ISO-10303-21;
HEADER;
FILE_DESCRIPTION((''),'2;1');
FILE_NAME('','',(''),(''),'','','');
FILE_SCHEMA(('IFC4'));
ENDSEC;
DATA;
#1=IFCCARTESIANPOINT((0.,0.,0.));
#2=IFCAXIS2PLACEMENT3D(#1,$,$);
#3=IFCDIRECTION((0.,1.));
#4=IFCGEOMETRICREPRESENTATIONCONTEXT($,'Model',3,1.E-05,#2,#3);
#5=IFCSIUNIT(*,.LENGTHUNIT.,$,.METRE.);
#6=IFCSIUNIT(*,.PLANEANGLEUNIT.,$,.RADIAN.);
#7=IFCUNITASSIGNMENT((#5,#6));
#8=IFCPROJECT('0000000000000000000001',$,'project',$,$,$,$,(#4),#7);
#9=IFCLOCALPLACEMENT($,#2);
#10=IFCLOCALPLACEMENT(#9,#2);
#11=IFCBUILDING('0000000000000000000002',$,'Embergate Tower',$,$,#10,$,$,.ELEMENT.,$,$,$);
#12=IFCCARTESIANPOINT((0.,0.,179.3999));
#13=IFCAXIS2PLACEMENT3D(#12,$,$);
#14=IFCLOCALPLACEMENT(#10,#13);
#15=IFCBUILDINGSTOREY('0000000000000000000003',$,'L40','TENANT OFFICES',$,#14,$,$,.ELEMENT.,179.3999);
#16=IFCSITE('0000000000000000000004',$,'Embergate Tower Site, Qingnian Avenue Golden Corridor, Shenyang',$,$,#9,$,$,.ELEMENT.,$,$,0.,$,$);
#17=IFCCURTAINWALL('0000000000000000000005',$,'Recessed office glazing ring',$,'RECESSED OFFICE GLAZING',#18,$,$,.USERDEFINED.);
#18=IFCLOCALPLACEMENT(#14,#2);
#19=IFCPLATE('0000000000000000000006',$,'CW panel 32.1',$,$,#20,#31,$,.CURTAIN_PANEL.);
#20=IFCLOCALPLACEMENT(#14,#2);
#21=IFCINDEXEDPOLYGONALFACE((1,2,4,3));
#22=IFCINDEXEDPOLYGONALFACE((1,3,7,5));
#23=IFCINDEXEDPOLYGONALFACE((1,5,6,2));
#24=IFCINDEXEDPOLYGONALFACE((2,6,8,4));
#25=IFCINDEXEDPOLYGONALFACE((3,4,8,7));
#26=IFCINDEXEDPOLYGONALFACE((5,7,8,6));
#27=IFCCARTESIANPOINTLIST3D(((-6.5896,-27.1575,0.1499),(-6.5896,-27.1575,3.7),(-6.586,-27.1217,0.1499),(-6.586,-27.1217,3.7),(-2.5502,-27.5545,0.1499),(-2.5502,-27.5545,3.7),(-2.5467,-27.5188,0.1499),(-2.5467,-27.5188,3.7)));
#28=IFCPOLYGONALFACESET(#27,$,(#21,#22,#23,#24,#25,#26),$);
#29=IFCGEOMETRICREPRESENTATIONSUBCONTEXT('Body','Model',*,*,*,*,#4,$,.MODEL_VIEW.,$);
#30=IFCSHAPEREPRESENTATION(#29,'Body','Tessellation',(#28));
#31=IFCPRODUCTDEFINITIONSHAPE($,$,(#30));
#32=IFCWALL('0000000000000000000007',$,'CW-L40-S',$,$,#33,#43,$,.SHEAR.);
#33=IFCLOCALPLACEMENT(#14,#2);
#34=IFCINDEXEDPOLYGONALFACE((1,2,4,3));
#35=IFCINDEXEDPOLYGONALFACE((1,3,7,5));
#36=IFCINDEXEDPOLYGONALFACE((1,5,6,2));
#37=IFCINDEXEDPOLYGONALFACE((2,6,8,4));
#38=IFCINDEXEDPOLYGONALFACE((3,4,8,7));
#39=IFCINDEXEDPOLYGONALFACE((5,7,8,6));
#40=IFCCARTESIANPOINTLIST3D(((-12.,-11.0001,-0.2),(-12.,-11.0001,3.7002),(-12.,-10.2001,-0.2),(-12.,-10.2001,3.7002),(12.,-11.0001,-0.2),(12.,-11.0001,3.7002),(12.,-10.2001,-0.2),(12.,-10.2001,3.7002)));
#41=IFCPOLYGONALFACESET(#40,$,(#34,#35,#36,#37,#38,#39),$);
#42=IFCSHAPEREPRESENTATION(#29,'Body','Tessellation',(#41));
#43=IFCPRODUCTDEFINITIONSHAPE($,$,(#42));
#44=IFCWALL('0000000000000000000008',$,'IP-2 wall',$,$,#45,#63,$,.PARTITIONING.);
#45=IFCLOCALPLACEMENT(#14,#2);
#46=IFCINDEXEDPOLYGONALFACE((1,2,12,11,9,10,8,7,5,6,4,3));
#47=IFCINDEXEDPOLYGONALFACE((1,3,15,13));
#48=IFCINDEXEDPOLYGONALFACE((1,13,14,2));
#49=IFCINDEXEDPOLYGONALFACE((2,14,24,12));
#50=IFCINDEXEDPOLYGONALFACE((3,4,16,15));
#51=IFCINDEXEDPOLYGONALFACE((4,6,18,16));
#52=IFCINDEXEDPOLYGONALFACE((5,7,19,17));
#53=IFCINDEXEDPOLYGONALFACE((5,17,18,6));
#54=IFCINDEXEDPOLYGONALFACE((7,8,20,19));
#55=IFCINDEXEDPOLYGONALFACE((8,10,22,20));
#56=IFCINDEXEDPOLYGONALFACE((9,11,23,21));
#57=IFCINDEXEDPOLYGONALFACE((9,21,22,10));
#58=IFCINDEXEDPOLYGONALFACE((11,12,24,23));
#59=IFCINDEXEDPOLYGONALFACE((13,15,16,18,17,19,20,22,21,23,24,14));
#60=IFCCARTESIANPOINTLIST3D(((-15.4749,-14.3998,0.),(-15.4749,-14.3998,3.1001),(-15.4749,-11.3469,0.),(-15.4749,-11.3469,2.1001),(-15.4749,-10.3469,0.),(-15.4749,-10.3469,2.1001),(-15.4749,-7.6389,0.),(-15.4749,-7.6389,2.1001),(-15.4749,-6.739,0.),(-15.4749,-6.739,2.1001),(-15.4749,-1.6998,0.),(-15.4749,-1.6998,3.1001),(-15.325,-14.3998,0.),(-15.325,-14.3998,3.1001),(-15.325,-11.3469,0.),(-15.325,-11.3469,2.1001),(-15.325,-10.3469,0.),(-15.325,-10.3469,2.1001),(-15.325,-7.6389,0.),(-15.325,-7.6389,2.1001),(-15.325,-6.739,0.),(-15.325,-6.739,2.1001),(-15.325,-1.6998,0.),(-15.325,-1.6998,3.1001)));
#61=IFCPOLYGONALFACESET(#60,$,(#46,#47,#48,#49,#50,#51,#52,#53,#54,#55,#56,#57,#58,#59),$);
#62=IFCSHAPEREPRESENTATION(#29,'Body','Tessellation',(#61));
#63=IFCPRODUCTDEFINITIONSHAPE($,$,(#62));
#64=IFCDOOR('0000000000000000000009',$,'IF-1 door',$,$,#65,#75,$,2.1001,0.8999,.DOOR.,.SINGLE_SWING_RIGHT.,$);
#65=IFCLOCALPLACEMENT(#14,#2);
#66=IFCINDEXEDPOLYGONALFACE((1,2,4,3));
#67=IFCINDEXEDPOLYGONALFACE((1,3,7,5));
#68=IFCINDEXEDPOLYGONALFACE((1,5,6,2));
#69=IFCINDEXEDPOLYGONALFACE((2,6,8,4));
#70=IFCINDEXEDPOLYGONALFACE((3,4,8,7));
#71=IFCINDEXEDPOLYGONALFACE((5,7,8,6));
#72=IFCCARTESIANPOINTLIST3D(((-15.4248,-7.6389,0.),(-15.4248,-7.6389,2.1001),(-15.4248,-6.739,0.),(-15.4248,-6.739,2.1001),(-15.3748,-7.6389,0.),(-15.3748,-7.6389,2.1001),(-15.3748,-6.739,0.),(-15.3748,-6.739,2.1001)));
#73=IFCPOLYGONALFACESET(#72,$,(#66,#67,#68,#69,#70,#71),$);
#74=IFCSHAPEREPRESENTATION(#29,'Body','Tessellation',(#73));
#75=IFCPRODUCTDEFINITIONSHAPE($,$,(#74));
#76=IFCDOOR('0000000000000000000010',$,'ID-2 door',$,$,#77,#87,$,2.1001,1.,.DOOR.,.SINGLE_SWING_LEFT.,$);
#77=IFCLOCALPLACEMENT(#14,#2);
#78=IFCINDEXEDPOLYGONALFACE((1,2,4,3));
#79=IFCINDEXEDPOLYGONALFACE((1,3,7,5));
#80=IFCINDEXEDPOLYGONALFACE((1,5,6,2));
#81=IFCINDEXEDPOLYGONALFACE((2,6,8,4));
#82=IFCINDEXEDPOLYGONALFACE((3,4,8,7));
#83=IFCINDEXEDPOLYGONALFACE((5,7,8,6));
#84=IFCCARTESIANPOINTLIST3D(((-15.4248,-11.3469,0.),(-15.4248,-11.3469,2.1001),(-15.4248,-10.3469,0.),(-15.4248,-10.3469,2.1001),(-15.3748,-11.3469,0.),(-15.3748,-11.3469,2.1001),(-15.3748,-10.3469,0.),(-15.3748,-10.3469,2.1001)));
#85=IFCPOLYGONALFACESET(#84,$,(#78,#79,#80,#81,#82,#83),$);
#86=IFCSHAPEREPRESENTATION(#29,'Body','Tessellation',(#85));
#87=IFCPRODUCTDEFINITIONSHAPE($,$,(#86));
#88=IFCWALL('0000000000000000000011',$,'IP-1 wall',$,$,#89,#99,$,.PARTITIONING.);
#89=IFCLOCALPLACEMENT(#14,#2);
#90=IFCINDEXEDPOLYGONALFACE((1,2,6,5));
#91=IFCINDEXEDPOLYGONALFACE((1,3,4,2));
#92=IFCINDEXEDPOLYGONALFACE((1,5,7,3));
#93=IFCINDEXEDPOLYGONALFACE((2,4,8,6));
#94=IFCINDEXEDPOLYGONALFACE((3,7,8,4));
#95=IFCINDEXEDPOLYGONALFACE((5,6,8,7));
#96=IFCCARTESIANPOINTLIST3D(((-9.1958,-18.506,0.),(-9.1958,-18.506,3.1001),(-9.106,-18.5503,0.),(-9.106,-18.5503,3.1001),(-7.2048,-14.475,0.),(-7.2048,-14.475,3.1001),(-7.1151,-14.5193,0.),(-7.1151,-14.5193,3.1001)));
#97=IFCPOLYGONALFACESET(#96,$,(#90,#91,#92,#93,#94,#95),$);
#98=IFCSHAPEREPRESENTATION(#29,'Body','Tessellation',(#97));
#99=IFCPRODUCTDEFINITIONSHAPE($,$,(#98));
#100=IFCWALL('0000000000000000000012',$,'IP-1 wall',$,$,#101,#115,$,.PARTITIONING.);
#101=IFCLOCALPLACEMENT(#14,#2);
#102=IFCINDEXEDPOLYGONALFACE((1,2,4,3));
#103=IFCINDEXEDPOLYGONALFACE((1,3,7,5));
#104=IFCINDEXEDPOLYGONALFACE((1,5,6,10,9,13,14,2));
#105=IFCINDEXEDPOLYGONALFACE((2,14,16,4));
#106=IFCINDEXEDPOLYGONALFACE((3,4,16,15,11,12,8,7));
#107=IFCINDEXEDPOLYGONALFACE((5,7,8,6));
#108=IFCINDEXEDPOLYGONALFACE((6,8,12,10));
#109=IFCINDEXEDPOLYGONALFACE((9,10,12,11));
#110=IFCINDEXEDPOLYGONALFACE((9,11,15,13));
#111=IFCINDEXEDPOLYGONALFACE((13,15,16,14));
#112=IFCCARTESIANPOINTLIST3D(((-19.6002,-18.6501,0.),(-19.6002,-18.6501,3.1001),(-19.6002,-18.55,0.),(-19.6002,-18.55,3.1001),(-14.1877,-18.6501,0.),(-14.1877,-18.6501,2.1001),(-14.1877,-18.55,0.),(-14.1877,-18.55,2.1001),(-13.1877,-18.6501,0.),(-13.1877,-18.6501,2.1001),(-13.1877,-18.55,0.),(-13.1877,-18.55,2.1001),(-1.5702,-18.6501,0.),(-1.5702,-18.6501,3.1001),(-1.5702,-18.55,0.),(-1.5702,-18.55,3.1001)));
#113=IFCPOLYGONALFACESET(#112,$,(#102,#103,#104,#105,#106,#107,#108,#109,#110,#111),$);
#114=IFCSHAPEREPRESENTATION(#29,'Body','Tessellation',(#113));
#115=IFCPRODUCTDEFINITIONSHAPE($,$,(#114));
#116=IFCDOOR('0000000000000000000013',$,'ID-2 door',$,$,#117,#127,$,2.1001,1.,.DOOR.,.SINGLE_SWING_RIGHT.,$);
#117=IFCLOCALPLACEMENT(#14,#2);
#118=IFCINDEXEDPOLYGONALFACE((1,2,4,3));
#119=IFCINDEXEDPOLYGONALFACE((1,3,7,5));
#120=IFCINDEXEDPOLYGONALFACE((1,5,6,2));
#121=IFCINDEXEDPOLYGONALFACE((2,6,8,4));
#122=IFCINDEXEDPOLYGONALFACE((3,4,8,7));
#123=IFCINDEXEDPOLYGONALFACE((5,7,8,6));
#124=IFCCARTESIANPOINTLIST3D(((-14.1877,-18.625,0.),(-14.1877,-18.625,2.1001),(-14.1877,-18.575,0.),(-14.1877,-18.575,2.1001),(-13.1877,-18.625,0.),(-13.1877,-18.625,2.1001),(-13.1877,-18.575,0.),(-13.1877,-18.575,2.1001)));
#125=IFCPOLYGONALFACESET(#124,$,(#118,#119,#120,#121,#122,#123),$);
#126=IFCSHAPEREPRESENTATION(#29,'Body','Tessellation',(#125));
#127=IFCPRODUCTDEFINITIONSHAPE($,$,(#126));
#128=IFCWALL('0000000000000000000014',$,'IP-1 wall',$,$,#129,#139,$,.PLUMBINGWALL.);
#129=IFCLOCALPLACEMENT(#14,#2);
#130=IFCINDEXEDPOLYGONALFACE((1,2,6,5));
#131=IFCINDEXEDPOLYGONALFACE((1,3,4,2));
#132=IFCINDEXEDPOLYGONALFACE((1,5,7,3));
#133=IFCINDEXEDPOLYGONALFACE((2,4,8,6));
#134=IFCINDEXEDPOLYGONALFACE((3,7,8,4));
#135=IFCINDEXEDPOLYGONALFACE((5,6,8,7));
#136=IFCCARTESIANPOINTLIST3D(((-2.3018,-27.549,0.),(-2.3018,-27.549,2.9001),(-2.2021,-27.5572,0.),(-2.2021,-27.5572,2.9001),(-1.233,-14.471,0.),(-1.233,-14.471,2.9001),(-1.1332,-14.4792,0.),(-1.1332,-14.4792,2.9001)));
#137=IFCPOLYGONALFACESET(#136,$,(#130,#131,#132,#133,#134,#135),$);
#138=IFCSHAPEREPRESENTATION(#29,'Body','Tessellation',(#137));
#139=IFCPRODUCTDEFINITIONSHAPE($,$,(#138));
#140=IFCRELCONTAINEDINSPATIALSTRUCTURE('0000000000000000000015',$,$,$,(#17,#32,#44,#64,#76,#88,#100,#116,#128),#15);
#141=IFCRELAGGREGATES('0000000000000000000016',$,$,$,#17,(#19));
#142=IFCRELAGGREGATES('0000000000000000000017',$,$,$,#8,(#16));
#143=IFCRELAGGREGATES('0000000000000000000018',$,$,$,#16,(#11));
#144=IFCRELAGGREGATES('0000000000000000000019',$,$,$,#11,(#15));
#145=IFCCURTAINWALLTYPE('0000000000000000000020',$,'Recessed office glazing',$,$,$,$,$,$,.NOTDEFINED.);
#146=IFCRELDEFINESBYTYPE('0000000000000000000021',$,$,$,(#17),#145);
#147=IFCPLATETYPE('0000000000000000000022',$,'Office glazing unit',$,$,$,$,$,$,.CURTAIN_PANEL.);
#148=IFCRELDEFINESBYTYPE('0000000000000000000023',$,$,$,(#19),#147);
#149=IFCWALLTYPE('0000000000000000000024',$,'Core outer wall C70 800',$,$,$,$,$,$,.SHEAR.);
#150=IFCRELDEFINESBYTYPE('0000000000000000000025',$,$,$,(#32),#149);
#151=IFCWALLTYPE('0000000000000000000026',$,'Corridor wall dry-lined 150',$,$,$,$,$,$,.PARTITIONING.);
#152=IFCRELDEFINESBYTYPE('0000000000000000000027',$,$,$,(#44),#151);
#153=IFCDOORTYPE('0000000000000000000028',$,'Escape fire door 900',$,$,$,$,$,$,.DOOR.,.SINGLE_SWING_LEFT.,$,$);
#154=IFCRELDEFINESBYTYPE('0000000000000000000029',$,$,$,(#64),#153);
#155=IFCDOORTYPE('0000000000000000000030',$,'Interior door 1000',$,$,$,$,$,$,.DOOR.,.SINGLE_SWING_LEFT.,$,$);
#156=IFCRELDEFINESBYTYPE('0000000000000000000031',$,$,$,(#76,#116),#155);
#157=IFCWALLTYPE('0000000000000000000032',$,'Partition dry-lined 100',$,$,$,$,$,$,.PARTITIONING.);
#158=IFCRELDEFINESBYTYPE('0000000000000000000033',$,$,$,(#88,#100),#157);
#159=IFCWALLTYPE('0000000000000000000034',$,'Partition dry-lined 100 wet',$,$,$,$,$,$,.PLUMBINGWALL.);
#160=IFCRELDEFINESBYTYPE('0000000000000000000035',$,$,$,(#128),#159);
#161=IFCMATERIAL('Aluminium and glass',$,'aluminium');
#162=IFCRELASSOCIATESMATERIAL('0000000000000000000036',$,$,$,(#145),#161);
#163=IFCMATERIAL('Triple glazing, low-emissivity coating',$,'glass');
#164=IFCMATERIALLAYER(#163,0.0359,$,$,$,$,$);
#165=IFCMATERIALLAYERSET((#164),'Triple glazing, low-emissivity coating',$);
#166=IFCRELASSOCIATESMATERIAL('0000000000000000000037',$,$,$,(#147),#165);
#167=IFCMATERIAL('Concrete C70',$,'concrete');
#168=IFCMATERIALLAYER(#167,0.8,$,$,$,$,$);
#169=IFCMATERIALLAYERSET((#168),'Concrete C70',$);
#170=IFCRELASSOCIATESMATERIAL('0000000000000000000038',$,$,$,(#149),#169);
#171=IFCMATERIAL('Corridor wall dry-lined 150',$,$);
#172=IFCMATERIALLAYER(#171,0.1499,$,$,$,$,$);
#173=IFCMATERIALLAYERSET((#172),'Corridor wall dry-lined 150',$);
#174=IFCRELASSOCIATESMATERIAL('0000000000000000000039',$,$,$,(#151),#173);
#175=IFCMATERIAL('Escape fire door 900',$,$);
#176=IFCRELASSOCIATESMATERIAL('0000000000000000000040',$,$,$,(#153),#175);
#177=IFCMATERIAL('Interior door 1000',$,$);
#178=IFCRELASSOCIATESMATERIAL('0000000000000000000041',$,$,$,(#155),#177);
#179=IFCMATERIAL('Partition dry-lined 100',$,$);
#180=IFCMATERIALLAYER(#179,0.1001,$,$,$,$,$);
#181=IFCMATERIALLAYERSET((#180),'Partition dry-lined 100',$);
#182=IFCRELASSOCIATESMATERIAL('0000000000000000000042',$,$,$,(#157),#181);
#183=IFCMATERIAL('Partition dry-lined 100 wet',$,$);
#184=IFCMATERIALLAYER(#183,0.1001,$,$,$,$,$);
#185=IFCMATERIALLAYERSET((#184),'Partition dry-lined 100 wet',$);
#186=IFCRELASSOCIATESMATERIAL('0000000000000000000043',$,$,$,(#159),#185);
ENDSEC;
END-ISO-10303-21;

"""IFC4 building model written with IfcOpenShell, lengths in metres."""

from ifc_helpers import new_model, si_unit, direction, frame, frame_2d, origin, origin_2d, place, context, subcontext, project, spatial, rectangle, extrude, source, transform, mapped, material, layer, layer_set, type_object, element, fill, aggregate, save


model = new_model("IFC4")

# Units and contexts
model_context = context("Model", 3, precision=1e-05, world=origin(), true_north=direction((0.0, 1.0)))
body_context = subcontext(model_context, "Body", "Model", "MODEL_VIEW")
ifc_project = project(units=[si_unit("LENGTHUNIT", "METRE"), si_unit("PLANEANGLEUNIT", "RADIAN")], contexts=[model_context])

# Site, building, storey
site_placement = place(None, origin())
site = spatial("IfcSite", under=ifc_project, at=site_placement, Name="Embergate Tower Site, Qingnian Avenue Golden Corridor, Shenyang", CompositionType="ELEMENT", RefElevation=0.0)
building_placement = place(site_placement, origin())
building = spatial("IfcBuilding", under=site, at=building_placement, Name="Embergate Tower", CompositionType="ELEMENT")
storey_placement = place(building_placement, frame((0.0, 0.0, 179.3999)))
storey = spatial("IfcBuildingStorey", under=building, at=storey_placement, Name="L40", Description="TENANT OFFICES", CompositionType="ELEMENT", Elevation=179.3999)

# Shared definitions
ifc_material_1 = material(Name="Concrete C70", Category="concrete")

# Curtain wall
ifc_material_2 = material(Name="Aluminium and glass", Category="aluminium")
curtain_wall_type = type_object("IfcCurtainWallType", Name="Recessed office glazing", PredefinedType="NOTDEFINED", material=ifc_material_2)
curtain_wall_placement = place(storey_placement, origin())
curtain_wall = element("IfcCurtainWall", 1, at=curtain_wall_placement, inside=storey, type_object=curtain_wall_type, Name="Recessed office glazing ring", ObjectType="RECESSED OFFICE GLAZING", PredefinedType="USERDEFINED")

# Plate
ifc_material_3 = material(Name="Triple glazing, low-emissivity coating", Category="glass")
ifc_layer_1 = layer(ifc_material_3, 0.0359)
ifc_layer_set_1 = layer_set([ifc_layer_1], Name="Triple glazing, low-emissivity coating")
plate_type = type_object("IfcPlateType", Name="Office glazing unit", PredefinedType="CURTAIN_PANEL", material=ifc_layer_set_1)
shared_shape_1 = source(origin(), body_context, "Body", "SweptSolid", [
    extrude(rectangle(XDim=4.0588, YDim=0.0359, at=origin_2d()), origin(), (0.0, 0.0, 1.0), 3.55),
])
plate_1_placement = place(storey_placement, frame((-4.5681, -27.3381, 0.1499), z_axis=(0.0, 0.0, 1.0), x_axis=(0.995203, -0.097828, 0.0)))
plate_1 = element("IfcPlate", 2, at=plate_1_placement, type_object=plate_type, Name="CW panel 32.1", PredefinedType="CURTAIN_PANEL", context=body_context, shape_type="MappedRepresentation", body=[
    mapped(shared_shape_1, transform((0.0, 0.0, 0.0))),
])
aggregate(curtain_wall, [plate_1])

# Wall
ifc_layer_2 = layer(ifc_material_1, 0.8)
ifc_layer_set_2 = layer_set([ifc_layer_2], Name="Concrete C70")
wall_type_1 = type_object("IfcWallType", Name="Core outer wall C70 800", PredefinedType="SHEAR", material=ifc_layer_set_2)
shared_shape_2 = source(origin(), body_context, "Body", "SweptSolid", [
    extrude(rectangle(XDim=24.0, YDim=0.8, at=frame_2d((12.0, 0.0))), origin(), (0.0, 0.0, 1.0), 3.9001),
])
wall_1_placement = place(storey_placement, frame((-12.0, -10.6001, -0.2), z_axis=(0.0, 0.0, 1.0), x_axis=(1.0, 0.0, 0.0)))
element("IfcWall", 3, at=wall_1_placement, inside=storey, type_object=wall_type_1, Name="CW-L40-S", PredefinedType="SHEAR", context=body_context, shape_type="MappedRepresentation", body=[
    mapped(shared_shape_2, transform((0.0, 0.0, 0.0))),
])

# Wall, openings, doors
ifc_material_4 = material(Name="Corridor wall dry-lined 150")
ifc_layer_3 = layer(ifc_material_4, 0.1499)
ifc_layer_set_3 = layer_set([ifc_layer_3], Name="Corridor wall dry-lined 150")
wall_type_2 = type_object("IfcWallType", Name="Corridor wall dry-lined 150", PredefinedType="PARTITIONING", material=ifc_layer_set_3)
shared_shape_3 = source(origin(), body_context, "Body", "SweptSolid", [
    extrude(rectangle(XDim=12.7, YDim=0.1499, at=frame_2d((6.3501, 0.0))), origin(), (0.0, 0.0, 1.0), 3.1001),
])
wall_2_placement = place(storey_placement, frame((-15.3999, -14.3999, 0.0), z_axis=(0.0, 0.0, 1.0), x_axis=(0.0, 1.0, 0.0)))
wall_2 = element("IfcWall", 4, at=wall_2_placement, inside=storey, type_object=wall_type_2, Name="IP-2 wall", PredefinedType="PARTITIONING", context=body_context, shape_type="MappedRepresentation", body=[
    mapped(shared_shape_3, transform((0.0, 0.0, 0.0))),
])
shared_shape_4 = source(origin(), body_context, "Body", "SweptSolid", [
    extrude(rectangle(XDim=0.8999, YDim=2.1001, at=frame_2d((0.45, 1.05))), frame((0.0, 0.085, 0.0), z_axis=(0.0, -1.0, 0.0), x_axis=(1.0, 0.0, 0.0)), (0.0, 0.0, 1.0), 0.1699),
])
opening_1_placement = place(wall_2_placement, frame((6.761, 0.0, 0.0)))
opening_1 = element("IfcOpeningElement", 5, at=opening_1_placement, cuts=wall_2, PredefinedType="OPENING", context=body_context, shape_type="MappedRepresentation", body=[
    mapped(shared_shape_4, transform((0.0, 0.0, 0.0))),
])
shared_shape_5 = source(origin(), body_context, "Body", "SweptSolid", [
    extrude(rectangle(XDim=1.0, YDim=2.1001, at=frame_2d((0.5, 1.05))), frame((0.0, 0.085, 0.0), z_axis=(0.0, -1.0, 0.0), x_axis=(1.0, 0.0, 0.0)), (0.0, 0.0, 1.0), 0.1699),
])
opening_2_placement = place(wall_2_placement, frame((3.053, 0.0, 0.0)))
opening_2 = element("IfcOpeningElement", 6, at=opening_2_placement, cuts=wall_2, PredefinedType="OPENING", context=body_context, shape_type="MappedRepresentation", body=[
    mapped(shared_shape_5, transform((0.0, 0.0, 0.0))),
])
ifc_material_5 = material(Name="Escape fire door 900")
door_type_1 = type_object("IfcDoorType", Name="Escape fire door 900", OperationType="SINGLE_SWING_LEFT", PredefinedType="DOOR", material=ifc_material_5)
shared_shape_6 = source(origin(), body_context, "Body", "SweptSolid", [
    extrude(rectangle(XDim=0.8999, YDim=2.1001, at=frame_2d((0.45, 1.05))), frame((0.0, 0.0249, 0.0), z_axis=(0.0, -1.0, 0.0), x_axis=(1.0, 0.0, 0.0)), (0.0, 0.0, 1.0), 0.05),
])
door_1_placement = place(opening_1_placement, origin())
door_1 = element("IfcDoor", 7, at=door_1_placement, inside=storey, type_object=door_type_1, Name="IF-1 door", OperationType="SINGLE_SWING_RIGHT", OverallHeight=2.1001, OverallWidth=0.8999, PredefinedType="DOOR", context=body_context, shape_type="MappedRepresentation", body=[
    mapped(shared_shape_6, transform((0.0, 0.0, 0.0))),
])
fill(opening_1, door_1)
ifc_material_6 = material(Name="Interior door 1000")
door_type_2 = type_object("IfcDoorType", Name="Interior door 1000", OperationType="SINGLE_SWING_LEFT", PredefinedType="DOOR", material=ifc_material_6)
shared_shape_7 = source(origin(), body_context, "Body", "SweptSolid", [
    extrude(rectangle(XDim=1.0, YDim=2.1001, at=frame_2d((0.5, 1.05))), frame((0.0, 0.0249, 0.0), z_axis=(0.0, -1.0, 0.0), x_axis=(1.0, 0.0, 0.0)), (0.0, 0.0, 1.0), 0.05),
])
door_2_placement = place(opening_2_placement, origin())
door_2 = element("IfcDoor", 8, at=door_2_placement, inside=storey, type_object=door_type_2, Name="ID-2 door", OperationType="SINGLE_SWING_LEFT", OverallHeight=2.1001, OverallWidth=1.0, PredefinedType="DOOR", context=body_context, shape_type="MappedRepresentation", body=[
    mapped(shared_shape_7, transform((0.0, 0.0, 0.0))),
])
fill(opening_2, door_2)

# Wall
ifc_material_7 = material(Name="Partition dry-lined 100")
ifc_layer_4 = layer(ifc_material_7, 0.1001)
ifc_layer_set_4 = layer_set([ifc_layer_4], Name="Partition dry-lined 100")
wall_type_3 = type_object("IfcWallType", Name="Partition dry-lined 100", PredefinedType="PARTITIONING", material=ifc_layer_set_4)
shared_shape_8 = source(origin(), body_context, "Body", "SweptSolid", [
    extrude(rectangle(XDim=4.4958, YDim=0.1001, at=frame_2d((2.248, 0.0))), origin(), (0.0, 0.0, 1.0), 3.1001),
])
wall_3_placement = place(storey_placement, frame((-7.1599, -14.4971, 0.0), z_axis=(0.0, 0.0, 1.0), x_axis=(-0.442842, -0.8966, 0.0)))
element("IfcWall", 9, at=wall_3_placement, inside=storey, type_object=wall_type_3, Name="IP-1 wall", PredefinedType="PARTITIONING", context=body_context, shape_type="MappedRepresentation", body=[
    mapped(shared_shape_8, transform((0.0, 0.0, 0.0))),
])

# Wall, opening, door
shared_shape_9 = source(origin(), body_context, "Body", "SweptSolid", [
    extrude(rectangle(XDim=18.03, YDim=0.1001, at=frame_2d((9.0151, 0.0))), origin(), (0.0, 0.0, 1.0), 3.1001),
])
wall_4_placement = place(storey_placement, frame((-1.5701, -18.6001, 0.0), z_axis=(0.0, 0.0, 1.0), x_axis=(-1.0, 0.0, 0.0)))
wall_4 = element("IfcWall", 10, at=wall_4_placement, inside=storey, type_object=wall_type_3, Name="IP-1 wall", PredefinedType="PARTITIONING", context=body_context, shape_type="MappedRepresentation", body=[
    mapped(shared_shape_9, transform((0.0, 0.0, 0.0))),
])
shared_shape_10 = source(origin(), body_context, "Body", "SweptSolid", [
    extrude(rectangle(XDim=1.0, YDim=2.1001, at=frame_2d((0.5, 1.05))), frame((0.0, 0.0601, 0.0), z_axis=(0.0, -1.0, 0.0), x_axis=(1.0, 0.0, 0.0)), (0.0, 0.0, 1.0), 0.1201),
])
opening_3_placement = place(wall_4_placement, frame((11.6177, 0.0, 0.0)))
opening_3 = element("IfcOpeningElement", 11, at=opening_3_placement, cuts=wall_4, PredefinedType="OPENING", context=body_context, shape_type="MappedRepresentation", body=[
    mapped(shared_shape_10, transform((0.0, 0.0, 0.0))),
])
door_3_placement = place(opening_3_placement, origin())
door_3 = element("IfcDoor", 12, at=door_3_placement, inside=storey, type_object=door_type_2, Name="ID-2 door", OperationType="SINGLE_SWING_RIGHT", OverallHeight=2.1001, OverallWidth=1.0, PredefinedType="DOOR", context=body_context, shape_type="MappedRepresentation", body=[
    mapped(shared_shape_7, transform((0.0, 0.0, 0.0))),
])
fill(opening_3, door_3)

# Wall
ifc_material_8 = material(Name="Partition dry-lined 100 wet")
ifc_layer_5 = layer(ifc_material_8, 0.1001)
ifc_layer_set_5 = layer_set([ifc_layer_5], Name="Partition dry-lined 100 wet")
wall_type_4 = type_object("IfcWallType", Name="Partition dry-lined 100 wet", PredefinedType="PLUMBINGWALL", material=ifc_layer_set_5)
shared_shape_11 = source(origin(), body_context, "Body", "SweptSolid", [
    extrude(rectangle(XDim=13.1216, YDim=0.1001, at=frame_2d((6.5608, 0.0))), origin(), (0.0, 0.0, 1.0), 2.9001),
])
wall_5_placement = place(storey_placement, frame((-1.1831, -14.4751, 0.0), z_axis=(0.0, 0.0, 1.0), x_axis=(-0.081458, -0.996677, 0.0)))
element("IfcWall", 13, at=wall_5_placement, inside=storey, type_object=wall_type_4, Name="IP-1 wall", PredefinedType="PLUMBINGWALL", context=body_context, shape_type="MappedRepresentation", body=[
    mapped(shared_shape_11, transform((0.0, 0.0, 0.0))),
])

save(model, "model.ifc")
